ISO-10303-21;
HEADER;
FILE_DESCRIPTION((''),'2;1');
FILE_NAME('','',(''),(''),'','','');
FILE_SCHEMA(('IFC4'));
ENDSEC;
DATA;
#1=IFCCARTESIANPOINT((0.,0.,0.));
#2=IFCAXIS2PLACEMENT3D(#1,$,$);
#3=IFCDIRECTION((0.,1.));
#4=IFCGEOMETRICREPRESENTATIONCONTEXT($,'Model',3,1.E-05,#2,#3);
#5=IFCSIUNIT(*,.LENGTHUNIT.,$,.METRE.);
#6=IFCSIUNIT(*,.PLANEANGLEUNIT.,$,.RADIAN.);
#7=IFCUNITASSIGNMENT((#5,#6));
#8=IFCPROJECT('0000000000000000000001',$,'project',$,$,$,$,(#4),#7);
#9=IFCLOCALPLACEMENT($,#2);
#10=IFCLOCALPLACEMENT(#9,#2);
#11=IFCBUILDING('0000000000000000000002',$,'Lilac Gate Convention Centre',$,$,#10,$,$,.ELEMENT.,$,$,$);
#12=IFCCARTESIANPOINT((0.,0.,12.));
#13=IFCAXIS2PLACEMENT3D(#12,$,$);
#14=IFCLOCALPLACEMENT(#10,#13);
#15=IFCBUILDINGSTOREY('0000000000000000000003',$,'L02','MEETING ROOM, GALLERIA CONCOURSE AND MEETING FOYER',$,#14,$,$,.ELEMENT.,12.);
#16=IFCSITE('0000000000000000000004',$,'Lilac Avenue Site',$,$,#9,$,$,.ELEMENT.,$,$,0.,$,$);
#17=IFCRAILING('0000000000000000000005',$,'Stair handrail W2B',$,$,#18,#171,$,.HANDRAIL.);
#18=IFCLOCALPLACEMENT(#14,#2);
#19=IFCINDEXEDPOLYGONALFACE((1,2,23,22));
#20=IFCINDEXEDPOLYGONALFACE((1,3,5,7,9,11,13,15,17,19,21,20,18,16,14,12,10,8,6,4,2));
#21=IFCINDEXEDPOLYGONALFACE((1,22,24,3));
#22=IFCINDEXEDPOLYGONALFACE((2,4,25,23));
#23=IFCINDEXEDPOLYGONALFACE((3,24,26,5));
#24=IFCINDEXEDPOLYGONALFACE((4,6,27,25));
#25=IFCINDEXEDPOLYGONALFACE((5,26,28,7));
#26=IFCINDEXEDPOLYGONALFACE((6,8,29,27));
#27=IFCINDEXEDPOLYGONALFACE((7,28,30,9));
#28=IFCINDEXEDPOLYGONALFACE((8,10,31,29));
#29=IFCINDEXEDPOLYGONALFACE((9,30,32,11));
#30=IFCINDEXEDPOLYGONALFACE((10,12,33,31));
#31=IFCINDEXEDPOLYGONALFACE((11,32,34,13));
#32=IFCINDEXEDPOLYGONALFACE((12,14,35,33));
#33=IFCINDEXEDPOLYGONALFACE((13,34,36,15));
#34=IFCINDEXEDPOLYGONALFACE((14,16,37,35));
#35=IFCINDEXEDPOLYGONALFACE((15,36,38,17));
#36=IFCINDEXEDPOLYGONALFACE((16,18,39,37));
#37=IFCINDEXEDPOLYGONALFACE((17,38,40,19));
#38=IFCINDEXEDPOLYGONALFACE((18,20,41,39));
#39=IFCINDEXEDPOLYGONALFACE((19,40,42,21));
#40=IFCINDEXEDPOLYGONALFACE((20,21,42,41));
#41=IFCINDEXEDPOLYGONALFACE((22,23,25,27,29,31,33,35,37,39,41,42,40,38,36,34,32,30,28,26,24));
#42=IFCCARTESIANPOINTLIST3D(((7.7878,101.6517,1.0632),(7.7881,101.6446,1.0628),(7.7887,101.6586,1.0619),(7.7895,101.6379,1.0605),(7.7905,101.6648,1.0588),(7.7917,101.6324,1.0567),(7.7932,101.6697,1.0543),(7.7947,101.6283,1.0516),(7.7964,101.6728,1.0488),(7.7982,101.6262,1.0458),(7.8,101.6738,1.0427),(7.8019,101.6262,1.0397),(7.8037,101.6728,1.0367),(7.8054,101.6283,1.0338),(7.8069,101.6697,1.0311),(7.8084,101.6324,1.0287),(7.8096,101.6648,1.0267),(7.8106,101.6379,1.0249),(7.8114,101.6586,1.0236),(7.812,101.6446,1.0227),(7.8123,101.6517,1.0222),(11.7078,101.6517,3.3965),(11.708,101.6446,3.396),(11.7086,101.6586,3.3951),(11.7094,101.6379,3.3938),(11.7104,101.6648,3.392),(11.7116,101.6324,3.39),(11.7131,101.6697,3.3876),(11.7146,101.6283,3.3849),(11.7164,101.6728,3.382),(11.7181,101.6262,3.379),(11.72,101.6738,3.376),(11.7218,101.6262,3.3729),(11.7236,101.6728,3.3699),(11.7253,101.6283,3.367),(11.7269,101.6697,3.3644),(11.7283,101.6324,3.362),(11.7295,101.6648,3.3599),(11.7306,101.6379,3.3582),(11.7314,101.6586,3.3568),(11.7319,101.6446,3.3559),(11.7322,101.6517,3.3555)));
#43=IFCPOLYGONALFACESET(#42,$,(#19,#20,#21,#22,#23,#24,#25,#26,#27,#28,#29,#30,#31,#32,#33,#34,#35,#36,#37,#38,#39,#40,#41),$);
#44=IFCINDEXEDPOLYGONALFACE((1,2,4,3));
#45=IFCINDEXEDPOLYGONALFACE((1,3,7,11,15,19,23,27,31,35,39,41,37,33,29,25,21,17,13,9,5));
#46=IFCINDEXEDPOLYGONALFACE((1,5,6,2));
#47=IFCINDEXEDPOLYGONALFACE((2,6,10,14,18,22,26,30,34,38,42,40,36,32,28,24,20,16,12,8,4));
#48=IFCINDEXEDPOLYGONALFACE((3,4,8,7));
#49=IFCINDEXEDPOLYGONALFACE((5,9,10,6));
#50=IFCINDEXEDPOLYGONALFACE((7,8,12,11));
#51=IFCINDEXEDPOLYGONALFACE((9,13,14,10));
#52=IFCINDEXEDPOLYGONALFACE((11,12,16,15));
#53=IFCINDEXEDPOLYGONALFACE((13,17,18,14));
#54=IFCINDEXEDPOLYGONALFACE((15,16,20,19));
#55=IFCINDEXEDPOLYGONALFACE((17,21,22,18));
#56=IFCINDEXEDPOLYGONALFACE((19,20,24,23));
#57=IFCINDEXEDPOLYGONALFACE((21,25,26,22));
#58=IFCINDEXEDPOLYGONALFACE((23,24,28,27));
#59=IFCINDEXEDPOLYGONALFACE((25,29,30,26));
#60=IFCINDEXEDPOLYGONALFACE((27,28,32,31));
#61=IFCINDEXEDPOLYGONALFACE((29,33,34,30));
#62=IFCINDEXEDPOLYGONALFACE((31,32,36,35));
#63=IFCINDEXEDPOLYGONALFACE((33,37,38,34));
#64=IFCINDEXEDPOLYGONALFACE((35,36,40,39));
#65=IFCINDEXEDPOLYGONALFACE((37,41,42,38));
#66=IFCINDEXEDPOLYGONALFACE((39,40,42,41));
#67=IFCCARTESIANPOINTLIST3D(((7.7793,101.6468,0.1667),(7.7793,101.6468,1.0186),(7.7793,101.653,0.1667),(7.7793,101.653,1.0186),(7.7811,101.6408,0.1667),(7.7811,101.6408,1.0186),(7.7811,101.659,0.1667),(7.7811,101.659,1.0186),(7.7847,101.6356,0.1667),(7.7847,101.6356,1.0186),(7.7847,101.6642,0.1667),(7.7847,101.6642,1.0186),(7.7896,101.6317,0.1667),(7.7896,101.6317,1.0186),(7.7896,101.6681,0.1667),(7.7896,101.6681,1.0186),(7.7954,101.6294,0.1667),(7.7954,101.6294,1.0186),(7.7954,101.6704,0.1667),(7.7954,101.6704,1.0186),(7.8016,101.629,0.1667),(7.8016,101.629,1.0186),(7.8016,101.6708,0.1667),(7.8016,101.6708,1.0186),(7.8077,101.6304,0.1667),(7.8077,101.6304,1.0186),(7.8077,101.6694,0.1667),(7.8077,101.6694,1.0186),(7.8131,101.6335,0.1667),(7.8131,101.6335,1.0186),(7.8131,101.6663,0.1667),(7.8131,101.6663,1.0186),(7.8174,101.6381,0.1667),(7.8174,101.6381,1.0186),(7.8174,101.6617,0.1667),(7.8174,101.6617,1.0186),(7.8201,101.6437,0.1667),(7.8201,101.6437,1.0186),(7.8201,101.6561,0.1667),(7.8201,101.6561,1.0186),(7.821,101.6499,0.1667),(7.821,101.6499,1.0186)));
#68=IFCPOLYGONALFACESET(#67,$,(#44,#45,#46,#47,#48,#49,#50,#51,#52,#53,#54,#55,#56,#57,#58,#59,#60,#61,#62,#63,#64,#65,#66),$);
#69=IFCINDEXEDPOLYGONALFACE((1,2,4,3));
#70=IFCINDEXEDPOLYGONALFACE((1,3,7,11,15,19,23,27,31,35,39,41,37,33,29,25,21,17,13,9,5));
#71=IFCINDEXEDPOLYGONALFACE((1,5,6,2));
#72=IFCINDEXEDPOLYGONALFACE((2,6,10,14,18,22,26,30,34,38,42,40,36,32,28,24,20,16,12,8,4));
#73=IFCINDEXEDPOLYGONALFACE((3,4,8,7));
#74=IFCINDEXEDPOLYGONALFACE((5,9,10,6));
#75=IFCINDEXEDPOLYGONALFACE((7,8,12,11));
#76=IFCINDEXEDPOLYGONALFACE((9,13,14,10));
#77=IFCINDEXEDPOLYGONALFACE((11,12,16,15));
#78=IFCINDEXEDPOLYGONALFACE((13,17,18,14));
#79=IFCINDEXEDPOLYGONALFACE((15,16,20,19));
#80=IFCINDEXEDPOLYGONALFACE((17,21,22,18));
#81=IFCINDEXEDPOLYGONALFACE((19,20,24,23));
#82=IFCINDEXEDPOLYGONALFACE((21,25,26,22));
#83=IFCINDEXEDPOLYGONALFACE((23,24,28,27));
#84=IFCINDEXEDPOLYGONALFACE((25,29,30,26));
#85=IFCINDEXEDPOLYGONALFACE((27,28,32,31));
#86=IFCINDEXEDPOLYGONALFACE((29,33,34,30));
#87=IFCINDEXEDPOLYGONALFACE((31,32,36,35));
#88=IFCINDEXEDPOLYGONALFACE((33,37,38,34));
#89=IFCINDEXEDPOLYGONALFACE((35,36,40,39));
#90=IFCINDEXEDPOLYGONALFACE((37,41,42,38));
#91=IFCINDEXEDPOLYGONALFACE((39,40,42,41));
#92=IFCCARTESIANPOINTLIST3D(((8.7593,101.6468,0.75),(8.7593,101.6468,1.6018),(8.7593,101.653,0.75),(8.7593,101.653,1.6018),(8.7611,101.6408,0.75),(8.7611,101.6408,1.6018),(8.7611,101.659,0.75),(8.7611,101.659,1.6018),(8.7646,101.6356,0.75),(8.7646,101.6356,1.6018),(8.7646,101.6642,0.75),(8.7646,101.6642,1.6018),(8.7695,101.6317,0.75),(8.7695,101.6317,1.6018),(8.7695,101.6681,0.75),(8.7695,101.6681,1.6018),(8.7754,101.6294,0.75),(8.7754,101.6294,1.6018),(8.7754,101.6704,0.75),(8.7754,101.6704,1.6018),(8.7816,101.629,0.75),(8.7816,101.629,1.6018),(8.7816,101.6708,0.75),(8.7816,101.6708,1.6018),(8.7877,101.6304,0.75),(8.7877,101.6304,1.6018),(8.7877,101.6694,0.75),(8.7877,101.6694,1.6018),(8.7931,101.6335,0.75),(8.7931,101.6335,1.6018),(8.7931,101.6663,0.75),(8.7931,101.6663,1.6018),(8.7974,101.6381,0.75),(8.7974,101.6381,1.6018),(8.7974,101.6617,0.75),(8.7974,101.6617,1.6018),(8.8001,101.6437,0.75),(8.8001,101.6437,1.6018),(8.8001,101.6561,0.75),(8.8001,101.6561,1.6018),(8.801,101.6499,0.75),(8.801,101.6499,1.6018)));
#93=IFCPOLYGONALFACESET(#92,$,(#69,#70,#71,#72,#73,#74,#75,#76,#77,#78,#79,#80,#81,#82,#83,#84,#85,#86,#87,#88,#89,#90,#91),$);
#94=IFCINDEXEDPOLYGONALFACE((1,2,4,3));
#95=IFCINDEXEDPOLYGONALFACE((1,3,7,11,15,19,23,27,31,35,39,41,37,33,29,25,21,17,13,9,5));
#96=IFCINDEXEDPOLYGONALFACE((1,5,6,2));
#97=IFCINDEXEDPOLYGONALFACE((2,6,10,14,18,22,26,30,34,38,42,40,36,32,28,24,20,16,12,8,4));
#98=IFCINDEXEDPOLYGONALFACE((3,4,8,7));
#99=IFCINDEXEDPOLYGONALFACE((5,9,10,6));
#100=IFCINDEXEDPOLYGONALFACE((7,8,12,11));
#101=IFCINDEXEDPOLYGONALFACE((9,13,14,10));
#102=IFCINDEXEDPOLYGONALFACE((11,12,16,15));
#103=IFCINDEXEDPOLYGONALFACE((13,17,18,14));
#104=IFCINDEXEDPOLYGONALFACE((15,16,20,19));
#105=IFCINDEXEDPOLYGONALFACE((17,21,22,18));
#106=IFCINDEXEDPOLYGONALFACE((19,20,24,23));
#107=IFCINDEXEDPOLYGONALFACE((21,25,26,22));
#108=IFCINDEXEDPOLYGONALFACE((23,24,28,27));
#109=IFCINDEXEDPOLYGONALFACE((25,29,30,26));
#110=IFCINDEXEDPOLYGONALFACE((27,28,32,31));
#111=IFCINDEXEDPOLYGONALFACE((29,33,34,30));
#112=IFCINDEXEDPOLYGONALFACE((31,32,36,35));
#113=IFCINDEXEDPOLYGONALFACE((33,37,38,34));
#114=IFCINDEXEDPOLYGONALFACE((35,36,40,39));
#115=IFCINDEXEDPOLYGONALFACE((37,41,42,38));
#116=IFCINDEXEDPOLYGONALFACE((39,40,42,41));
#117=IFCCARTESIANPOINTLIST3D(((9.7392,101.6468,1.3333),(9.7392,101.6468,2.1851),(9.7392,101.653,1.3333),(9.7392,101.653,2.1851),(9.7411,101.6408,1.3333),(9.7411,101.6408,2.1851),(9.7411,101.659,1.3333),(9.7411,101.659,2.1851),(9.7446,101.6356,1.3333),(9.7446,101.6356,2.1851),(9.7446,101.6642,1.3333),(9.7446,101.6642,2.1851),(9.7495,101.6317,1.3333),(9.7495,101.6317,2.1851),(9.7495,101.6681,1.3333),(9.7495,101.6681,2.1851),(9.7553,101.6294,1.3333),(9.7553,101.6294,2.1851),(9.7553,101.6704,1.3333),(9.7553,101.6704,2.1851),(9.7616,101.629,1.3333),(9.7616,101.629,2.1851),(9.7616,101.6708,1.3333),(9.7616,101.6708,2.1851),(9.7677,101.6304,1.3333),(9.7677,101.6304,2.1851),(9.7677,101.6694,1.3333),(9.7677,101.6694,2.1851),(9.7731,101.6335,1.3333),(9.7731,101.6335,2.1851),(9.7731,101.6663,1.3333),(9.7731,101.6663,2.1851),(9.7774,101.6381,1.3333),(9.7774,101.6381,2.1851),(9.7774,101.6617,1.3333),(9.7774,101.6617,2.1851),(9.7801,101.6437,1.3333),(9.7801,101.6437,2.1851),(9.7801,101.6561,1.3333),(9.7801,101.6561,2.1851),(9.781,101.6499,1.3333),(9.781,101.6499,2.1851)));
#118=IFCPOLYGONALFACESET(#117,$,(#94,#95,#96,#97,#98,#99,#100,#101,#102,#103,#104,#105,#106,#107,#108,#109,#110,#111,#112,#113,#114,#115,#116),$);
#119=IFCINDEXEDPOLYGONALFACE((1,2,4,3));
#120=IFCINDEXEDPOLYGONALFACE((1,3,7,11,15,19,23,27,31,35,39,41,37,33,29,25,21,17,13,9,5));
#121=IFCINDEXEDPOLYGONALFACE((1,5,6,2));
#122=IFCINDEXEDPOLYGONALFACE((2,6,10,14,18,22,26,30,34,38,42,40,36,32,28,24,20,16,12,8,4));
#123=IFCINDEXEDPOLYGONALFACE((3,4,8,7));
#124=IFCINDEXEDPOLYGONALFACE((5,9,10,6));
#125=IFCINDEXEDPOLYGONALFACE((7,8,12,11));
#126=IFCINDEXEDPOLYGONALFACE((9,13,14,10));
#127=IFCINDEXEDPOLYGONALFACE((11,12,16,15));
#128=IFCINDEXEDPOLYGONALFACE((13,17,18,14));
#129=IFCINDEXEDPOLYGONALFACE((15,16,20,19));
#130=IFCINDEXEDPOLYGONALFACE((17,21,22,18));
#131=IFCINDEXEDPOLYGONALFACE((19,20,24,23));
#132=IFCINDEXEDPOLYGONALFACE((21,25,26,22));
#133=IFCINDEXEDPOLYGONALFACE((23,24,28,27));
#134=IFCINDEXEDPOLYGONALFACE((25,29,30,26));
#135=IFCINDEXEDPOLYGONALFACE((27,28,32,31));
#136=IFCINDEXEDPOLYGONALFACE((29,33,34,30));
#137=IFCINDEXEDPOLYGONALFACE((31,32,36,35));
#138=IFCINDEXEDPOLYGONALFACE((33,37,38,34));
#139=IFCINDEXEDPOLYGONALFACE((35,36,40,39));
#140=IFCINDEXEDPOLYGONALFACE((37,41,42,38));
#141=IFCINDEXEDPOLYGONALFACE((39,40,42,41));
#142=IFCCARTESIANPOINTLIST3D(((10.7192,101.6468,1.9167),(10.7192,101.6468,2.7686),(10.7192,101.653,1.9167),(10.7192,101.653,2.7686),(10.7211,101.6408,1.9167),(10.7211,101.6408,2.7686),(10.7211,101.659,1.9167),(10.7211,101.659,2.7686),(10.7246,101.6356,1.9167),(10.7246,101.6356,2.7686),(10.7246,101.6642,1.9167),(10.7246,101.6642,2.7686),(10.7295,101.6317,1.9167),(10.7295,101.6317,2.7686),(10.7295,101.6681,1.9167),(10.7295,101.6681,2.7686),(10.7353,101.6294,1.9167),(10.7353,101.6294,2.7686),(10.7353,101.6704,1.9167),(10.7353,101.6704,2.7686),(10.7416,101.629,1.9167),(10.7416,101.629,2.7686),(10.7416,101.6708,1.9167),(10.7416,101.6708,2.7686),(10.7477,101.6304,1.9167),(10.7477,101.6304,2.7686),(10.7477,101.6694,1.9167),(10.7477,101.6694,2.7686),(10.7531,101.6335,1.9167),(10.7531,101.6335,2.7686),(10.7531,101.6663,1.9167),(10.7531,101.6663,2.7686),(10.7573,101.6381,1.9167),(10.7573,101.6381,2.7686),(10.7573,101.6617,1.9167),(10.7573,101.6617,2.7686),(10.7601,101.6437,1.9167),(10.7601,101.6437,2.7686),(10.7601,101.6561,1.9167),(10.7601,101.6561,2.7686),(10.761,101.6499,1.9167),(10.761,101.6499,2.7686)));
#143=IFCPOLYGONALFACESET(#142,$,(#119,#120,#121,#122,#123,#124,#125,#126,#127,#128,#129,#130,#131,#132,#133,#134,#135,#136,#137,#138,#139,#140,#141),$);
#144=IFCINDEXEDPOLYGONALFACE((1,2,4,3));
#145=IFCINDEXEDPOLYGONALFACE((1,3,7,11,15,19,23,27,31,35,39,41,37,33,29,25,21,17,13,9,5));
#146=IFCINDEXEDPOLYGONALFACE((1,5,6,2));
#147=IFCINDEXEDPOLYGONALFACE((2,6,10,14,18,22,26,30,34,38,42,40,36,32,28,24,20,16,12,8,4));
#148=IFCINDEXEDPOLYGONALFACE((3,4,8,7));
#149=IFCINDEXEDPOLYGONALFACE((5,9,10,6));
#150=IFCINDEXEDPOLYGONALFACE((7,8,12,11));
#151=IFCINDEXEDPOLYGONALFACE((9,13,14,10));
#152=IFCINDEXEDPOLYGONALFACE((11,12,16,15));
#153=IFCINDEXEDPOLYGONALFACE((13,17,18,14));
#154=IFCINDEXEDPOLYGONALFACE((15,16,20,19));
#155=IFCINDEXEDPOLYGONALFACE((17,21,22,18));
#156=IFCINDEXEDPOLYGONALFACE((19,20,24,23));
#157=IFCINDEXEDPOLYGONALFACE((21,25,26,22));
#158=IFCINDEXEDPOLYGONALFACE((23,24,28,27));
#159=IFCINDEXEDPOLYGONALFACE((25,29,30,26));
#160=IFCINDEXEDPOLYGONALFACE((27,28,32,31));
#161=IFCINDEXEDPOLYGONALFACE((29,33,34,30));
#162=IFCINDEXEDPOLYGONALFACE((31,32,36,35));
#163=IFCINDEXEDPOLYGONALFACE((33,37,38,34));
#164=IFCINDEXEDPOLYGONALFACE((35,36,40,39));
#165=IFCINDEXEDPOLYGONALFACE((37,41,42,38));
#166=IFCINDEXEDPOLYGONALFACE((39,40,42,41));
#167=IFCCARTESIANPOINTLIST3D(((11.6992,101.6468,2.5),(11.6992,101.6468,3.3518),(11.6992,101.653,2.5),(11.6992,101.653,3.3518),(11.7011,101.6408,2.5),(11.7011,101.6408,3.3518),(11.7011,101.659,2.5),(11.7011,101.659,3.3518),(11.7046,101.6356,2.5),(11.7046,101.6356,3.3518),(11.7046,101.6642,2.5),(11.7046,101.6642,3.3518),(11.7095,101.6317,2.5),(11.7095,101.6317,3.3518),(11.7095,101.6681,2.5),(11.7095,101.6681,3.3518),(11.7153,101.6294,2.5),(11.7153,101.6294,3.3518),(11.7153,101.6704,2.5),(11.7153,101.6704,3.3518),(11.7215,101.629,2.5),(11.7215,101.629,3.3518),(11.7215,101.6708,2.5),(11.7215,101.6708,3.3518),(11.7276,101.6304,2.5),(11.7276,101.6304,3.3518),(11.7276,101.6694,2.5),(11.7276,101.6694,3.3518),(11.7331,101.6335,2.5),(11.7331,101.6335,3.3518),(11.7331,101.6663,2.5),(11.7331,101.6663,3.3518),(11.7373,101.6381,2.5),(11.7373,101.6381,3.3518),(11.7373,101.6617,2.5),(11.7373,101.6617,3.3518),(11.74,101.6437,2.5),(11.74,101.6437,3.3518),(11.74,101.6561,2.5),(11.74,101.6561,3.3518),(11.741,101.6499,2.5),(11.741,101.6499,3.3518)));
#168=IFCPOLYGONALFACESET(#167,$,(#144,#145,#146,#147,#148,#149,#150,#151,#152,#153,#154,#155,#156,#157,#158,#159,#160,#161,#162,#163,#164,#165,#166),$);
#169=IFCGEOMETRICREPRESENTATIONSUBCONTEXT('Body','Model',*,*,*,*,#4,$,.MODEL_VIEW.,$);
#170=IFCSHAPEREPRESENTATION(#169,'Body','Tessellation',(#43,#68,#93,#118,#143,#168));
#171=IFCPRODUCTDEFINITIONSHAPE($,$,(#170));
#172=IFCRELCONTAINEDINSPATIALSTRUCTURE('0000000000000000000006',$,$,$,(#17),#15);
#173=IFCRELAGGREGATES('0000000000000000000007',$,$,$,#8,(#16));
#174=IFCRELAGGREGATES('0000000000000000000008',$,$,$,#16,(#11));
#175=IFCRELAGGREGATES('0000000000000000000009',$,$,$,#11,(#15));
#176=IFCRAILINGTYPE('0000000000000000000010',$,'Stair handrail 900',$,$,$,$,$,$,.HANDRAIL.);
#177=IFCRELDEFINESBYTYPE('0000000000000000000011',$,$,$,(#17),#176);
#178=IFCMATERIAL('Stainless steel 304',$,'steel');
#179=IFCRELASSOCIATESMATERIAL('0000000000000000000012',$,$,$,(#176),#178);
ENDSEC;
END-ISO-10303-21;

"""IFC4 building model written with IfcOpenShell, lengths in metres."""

from ifc_helpers import new_model, si_unit, direction, frame, origin, origin_2d, place, context, subcontext, project, spatial, circle, extrude, material, type_object, element, save


model = new_model("IFC4")

# Units and contexts
model_context = context("Model", 3, precision=1e-05, world=origin(), true_north=direction((0.0, 1.0)))
body_context = subcontext(model_context, "Body", "Model", "MODEL_VIEW")
ifc_project = project(units=[si_unit("LENGTHUNIT", "METRE"), si_unit("PLANEANGLEUNIT", "RADIAN")], contexts=[model_context])

# Site, building, storey
site_placement = place(None, origin())
site = spatial("IfcSite", under=ifc_project, at=site_placement, Name="Lilac Avenue Site", CompositionType="ELEMENT", RefElevation=0.0)
building_placement = place(site_placement, origin())
building = spatial("IfcBuilding", under=site, at=building_placement, Name="Lilac Gate Convention Centre", CompositionType="ELEMENT")
storey_placement = place(building_placement, frame((0.0, 0.0, 12.0)))
storey = spatial("IfcBuildingStorey", under=building, at=storey_placement, Name="L02", Description="MEETING ROOM, GALLERIA CONCOURSE AND MEETING FOYER", CompositionType="ELEMENT", Elevation=12.0)

# Railing
ifc_material_1 = material(Name="Stainless steel 304", Category="steel")
railing_type = type_object("IfcRailingType", Name="Stair handrail 900", PredefinedType="HANDRAIL", material=ifc_material_1)
for number, where, name in (
    (1, (7.8, 101.6499, 0.1667), "Stair handrail W2B"),
):
    element("IfcRailing", number, at=place(storey_placement, frame(where)), inside=storey, type_object=railing_type, Name=name, PredefinedType="HANDRAIL", context=body_context, shape_type="SweptSolid", body=[
        extrude(circle(Radius=0.0239, at=origin_2d()), frame((0.0, 0.0, 0.876), z_axis=(0.859296, 0.0, 0.511478), x_axis=(0.0, 1.0, 0.0)), (0.0, 0.0, 1.0), 4.5618),
        extrude(circle(Radius=0.021, at=origin_2d()), origin(), (0.0, 0.0, 1.0), 0.8518),
        extrude(circle(Radius=0.021, at=origin_2d()), frame((0.98, 0.0, 0.5833)), (0.0, 0.0, 1.0), 0.8518),
        extrude(circle(Radius=0.021, at=origin_2d()), frame((1.96, 0.0, 1.1665)), (0.0, 0.0, 1.0), 0.8518),
        extrude(circle(Radius=0.021, at=origin_2d()), frame((2.9399, 0.0, 1.75)), (0.0, 0.0, 1.0), 0.8518),
        extrude(circle(Radius=0.021, at=origin_2d()), frame((3.9199, 0.0, 2.3333)), (0.0, 0.0, 1.0), 0.8518),
    ])

save(model, "model.ifc")
